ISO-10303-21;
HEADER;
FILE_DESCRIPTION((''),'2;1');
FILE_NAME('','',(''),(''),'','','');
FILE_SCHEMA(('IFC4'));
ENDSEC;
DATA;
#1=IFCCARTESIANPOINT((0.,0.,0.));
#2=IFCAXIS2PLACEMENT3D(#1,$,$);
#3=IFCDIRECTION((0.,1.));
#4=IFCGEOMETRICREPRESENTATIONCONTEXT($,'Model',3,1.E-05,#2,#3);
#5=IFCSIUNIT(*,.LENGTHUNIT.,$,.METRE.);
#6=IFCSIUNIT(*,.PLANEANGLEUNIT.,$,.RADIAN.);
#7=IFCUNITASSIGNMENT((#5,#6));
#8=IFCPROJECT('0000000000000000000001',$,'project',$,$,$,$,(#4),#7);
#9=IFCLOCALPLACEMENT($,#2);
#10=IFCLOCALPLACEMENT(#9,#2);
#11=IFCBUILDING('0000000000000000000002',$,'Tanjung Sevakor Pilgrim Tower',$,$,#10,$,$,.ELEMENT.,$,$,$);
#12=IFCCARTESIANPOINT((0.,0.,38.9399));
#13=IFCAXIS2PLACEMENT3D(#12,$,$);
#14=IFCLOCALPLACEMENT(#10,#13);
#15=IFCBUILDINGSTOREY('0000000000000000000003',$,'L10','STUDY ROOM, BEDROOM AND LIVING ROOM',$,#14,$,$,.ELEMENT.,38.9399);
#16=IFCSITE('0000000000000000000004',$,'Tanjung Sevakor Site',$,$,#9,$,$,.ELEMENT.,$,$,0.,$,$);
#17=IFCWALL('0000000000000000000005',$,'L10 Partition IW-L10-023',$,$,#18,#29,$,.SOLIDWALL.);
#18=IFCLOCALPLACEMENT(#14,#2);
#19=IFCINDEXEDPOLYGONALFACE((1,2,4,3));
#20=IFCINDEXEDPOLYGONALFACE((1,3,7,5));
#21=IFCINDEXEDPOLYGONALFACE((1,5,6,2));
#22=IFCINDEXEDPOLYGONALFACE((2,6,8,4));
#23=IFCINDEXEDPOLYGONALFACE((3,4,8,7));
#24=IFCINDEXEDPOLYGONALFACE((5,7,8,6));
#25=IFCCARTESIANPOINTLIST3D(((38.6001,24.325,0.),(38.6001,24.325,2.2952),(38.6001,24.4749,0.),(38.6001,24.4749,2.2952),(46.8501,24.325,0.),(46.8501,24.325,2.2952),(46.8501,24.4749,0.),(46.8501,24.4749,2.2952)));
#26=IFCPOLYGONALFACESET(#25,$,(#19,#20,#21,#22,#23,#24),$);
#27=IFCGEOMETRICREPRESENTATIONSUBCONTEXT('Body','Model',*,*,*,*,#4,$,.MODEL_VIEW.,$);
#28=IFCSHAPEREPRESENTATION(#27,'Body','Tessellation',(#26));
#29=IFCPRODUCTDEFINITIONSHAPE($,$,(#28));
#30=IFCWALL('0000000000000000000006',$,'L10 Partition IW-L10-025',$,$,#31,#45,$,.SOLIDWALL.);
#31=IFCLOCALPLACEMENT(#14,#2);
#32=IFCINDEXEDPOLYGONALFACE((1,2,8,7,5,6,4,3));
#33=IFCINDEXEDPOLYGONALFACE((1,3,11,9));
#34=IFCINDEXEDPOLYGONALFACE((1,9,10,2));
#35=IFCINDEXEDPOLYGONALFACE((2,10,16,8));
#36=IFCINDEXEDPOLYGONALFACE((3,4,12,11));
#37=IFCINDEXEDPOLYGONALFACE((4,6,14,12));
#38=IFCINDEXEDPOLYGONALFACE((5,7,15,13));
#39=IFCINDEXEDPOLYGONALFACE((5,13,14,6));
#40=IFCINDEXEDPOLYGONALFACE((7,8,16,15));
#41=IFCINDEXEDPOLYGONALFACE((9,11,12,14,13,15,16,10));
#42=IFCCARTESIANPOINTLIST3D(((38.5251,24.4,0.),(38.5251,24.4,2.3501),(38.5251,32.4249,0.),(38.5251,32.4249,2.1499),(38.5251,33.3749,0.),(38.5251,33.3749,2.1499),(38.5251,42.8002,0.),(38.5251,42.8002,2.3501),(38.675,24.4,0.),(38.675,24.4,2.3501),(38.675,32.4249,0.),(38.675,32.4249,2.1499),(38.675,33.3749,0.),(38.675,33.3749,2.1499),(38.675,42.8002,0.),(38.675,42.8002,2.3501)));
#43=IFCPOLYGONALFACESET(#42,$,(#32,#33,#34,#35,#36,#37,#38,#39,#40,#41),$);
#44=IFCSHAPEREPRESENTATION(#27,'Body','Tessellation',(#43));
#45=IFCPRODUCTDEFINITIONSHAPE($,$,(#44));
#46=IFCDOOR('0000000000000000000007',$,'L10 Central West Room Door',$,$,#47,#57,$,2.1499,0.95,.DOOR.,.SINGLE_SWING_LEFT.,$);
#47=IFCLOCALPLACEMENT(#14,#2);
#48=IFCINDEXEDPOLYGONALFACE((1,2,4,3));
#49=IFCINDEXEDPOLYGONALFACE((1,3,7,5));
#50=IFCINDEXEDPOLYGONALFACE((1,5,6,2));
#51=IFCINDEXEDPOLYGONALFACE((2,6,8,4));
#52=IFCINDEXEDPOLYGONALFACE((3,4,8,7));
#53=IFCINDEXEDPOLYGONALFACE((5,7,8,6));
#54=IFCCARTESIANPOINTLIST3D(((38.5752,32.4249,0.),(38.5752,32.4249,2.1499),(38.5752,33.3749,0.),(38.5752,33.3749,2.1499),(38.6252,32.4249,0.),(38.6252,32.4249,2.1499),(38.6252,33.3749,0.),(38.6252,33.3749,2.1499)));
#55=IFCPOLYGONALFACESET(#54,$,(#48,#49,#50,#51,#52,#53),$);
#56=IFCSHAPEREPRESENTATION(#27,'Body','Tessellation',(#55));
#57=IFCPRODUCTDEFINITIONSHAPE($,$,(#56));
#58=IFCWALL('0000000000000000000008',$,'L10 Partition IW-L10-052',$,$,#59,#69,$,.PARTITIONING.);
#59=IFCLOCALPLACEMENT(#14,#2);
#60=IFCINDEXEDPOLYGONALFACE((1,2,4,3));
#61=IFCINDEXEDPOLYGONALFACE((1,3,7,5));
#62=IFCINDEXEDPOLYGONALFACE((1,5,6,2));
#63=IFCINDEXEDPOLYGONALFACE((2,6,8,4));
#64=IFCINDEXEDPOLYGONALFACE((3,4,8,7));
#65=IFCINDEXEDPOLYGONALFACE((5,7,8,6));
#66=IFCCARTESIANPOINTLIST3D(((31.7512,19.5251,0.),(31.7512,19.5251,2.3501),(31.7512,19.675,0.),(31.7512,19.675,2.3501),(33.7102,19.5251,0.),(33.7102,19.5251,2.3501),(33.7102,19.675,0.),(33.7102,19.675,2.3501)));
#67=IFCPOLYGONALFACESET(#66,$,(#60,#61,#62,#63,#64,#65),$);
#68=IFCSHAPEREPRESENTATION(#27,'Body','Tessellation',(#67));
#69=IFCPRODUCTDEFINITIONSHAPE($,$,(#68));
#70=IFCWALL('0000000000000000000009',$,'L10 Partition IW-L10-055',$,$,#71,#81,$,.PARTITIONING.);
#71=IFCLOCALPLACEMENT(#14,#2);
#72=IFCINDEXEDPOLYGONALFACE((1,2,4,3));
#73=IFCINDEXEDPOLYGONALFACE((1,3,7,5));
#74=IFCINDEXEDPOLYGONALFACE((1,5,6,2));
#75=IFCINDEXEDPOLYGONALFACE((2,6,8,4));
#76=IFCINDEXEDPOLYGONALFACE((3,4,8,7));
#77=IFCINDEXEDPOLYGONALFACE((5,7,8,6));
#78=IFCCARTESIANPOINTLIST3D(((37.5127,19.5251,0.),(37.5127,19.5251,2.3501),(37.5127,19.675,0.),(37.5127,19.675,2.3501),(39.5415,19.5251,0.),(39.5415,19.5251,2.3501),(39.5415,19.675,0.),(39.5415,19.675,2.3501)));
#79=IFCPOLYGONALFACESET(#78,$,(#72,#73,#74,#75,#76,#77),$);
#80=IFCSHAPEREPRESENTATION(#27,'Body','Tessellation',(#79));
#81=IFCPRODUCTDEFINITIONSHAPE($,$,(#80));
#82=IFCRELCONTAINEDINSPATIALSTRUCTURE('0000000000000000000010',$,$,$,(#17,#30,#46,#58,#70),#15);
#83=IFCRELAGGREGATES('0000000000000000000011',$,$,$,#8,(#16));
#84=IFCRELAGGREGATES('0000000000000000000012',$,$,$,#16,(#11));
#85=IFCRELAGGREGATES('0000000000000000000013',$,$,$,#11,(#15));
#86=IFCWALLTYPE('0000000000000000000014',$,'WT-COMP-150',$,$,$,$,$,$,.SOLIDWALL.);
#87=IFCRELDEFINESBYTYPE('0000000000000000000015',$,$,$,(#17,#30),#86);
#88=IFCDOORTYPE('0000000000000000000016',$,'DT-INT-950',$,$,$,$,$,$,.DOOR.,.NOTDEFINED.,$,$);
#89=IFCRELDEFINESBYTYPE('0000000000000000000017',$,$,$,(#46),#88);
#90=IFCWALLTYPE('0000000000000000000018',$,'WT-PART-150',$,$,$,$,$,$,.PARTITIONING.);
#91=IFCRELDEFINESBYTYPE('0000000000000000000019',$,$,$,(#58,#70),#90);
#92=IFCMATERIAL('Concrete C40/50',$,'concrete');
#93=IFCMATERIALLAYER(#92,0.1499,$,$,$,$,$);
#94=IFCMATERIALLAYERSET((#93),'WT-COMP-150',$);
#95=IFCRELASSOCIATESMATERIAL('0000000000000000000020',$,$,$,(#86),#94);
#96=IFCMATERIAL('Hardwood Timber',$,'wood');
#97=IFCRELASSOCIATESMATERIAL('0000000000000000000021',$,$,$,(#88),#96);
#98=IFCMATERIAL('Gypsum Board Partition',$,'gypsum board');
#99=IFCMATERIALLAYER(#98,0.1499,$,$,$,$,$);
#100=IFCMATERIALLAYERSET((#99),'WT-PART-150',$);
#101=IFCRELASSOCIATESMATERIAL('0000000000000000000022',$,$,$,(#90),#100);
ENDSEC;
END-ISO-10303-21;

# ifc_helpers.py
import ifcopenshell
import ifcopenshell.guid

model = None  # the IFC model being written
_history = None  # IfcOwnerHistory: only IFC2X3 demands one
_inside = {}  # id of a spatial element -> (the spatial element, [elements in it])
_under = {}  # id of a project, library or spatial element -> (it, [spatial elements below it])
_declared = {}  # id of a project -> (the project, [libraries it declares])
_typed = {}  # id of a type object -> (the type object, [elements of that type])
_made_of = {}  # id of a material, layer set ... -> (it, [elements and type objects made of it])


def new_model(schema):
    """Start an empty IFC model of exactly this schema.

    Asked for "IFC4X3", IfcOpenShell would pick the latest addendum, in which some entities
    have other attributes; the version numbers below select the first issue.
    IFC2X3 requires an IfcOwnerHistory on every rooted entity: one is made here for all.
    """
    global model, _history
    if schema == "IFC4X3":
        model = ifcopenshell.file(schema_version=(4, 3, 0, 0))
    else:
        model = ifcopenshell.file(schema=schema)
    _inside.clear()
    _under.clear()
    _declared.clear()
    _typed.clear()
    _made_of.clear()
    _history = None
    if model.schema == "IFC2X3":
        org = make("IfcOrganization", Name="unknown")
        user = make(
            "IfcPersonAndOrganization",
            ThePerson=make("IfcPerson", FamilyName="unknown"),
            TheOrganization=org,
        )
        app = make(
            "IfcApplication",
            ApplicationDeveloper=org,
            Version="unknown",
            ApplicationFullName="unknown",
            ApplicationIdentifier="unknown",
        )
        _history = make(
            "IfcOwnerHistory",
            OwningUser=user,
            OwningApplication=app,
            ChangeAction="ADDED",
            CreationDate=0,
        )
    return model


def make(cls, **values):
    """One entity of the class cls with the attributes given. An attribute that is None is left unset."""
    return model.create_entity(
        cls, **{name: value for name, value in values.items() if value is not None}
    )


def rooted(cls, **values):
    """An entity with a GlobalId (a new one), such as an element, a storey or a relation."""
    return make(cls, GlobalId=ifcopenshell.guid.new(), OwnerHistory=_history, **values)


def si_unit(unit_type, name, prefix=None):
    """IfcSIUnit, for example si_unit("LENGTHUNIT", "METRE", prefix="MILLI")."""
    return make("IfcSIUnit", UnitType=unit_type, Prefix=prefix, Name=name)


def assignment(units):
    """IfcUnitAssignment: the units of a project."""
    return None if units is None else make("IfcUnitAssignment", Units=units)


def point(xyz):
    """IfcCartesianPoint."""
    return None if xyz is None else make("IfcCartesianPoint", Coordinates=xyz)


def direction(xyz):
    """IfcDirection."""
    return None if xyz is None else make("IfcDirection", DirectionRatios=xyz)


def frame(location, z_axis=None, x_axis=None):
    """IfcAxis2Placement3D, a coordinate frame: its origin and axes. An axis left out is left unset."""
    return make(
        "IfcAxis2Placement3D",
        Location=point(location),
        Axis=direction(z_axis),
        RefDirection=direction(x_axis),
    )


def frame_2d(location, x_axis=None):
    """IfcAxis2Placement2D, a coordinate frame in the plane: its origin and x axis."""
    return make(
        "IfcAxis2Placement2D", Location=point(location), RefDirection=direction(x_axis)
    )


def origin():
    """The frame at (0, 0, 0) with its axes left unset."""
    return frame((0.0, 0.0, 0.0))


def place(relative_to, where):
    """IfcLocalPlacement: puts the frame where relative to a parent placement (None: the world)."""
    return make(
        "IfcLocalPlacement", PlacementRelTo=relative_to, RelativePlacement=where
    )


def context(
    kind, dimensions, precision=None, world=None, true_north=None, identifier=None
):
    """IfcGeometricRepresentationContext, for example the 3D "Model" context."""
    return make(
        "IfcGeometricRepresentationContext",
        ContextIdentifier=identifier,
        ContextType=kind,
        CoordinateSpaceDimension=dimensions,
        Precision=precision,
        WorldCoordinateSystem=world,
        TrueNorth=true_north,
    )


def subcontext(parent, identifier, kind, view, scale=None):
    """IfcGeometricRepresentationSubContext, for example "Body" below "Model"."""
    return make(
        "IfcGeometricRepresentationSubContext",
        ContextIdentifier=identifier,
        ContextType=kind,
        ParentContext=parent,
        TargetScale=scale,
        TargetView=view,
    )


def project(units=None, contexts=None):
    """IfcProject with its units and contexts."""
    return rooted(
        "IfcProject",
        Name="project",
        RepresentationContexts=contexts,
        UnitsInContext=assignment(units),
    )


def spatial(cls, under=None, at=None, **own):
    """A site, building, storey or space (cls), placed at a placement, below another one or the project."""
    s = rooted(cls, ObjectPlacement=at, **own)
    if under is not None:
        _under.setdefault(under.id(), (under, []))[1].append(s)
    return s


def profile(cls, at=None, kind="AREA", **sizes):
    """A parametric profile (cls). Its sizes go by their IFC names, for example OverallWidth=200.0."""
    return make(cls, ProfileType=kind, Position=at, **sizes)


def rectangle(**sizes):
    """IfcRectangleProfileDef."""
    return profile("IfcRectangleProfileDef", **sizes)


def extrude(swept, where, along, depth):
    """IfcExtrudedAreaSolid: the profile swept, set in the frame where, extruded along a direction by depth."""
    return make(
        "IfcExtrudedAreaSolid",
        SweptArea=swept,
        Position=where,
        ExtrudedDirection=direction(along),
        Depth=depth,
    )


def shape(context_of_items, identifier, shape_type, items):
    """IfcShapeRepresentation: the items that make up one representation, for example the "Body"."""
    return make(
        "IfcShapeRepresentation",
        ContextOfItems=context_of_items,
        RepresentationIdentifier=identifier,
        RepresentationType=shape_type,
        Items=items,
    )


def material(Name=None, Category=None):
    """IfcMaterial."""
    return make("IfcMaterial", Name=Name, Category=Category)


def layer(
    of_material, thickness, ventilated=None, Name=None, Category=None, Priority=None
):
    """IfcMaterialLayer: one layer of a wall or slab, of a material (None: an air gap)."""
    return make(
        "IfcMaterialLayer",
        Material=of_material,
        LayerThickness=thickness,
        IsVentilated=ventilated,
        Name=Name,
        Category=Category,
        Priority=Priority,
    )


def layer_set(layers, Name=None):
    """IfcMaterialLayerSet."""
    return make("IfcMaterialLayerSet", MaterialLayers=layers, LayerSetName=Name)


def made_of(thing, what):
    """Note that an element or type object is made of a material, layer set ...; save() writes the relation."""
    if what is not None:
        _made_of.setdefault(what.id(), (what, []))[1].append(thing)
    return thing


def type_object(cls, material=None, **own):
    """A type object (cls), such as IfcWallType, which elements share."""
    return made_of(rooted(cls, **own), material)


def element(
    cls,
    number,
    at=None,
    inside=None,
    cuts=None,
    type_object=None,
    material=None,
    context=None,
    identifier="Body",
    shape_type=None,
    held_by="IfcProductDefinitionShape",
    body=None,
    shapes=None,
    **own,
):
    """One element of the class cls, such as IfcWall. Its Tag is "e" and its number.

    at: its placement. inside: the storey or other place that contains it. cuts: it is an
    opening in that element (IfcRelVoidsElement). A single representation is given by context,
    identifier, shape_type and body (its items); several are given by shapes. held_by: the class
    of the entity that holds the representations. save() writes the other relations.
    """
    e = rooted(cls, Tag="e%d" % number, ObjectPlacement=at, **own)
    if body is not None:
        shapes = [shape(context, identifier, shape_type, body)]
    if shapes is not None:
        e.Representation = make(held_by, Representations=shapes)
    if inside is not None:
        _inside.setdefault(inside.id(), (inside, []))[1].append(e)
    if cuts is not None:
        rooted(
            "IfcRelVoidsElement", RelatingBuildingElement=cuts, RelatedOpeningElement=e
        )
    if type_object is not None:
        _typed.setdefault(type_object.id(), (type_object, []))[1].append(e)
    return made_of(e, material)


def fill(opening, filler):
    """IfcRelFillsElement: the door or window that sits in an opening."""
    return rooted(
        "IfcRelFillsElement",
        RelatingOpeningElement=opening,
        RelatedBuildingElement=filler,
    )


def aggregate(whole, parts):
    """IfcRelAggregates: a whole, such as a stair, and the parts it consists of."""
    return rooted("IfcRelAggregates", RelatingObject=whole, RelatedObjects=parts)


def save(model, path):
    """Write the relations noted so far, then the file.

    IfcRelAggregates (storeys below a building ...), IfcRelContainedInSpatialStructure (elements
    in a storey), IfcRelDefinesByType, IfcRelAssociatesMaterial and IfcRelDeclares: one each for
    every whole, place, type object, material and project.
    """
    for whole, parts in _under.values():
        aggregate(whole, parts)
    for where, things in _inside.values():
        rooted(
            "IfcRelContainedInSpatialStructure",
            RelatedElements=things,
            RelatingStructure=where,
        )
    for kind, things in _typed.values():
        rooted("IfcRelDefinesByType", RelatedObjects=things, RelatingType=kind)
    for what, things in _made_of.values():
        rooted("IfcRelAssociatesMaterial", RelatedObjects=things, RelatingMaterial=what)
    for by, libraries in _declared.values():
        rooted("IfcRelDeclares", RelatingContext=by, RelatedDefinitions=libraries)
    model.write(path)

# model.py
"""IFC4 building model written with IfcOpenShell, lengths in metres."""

from ifc_helpers import new_model, si_unit, direction, frame, frame_2d, origin, place, context, subcontext, project, spatial, rectangle, extrude, material, layer, layer_set, type_object, element, fill, save


model = new_model("IFC4")

# Units and contexts
model_context = context("Model", 3, precision=1e-05, world=origin(), true_north=direction((0.0, 1.0)))
body_context = subcontext(model_context, "Body", "Model", "MODEL_VIEW")
ifc_project = project(units=[si_unit("LENGTHUNIT", "METRE"), si_unit("PLANEANGLEUNIT", "RADIAN")], contexts=[model_context])

# Site, building, storey
site_placement = place(None, origin())
site = spatial("IfcSite", under=ifc_project, at=site_placement, Name="Tanjung Sevakor Site", CompositionType="ELEMENT", RefElevation=0.0)
building_placement = place(site_placement, origin())
building = spatial("IfcBuilding", under=site, at=building_placement, Name="Tanjung Sevakor Pilgrim Tower", CompositionType="ELEMENT")
storey_placement = place(building_placement, frame((0.0, 0.0, 38.9399)))
storey = spatial("IfcBuildingStorey", under=building, at=storey_placement, Name="L10", Description="STUDY ROOM, BEDROOM AND LIVING ROOM", CompositionType="ELEMENT", Elevation=38.9399)

# Wall
ifc_material_1 = material(Name="Concrete C40/50", Category="concrete")
ifc_layer_1 = layer(ifc_material_1, 0.1499)
ifc_layer_set_1 = layer_set([ifc_layer_1], Name="WT-COMP-150")
wall_type_1 = type_object("IfcWallType", Name="WT-COMP-150", PredefinedType="SOLIDWALL", material=ifc_layer_set_1)
wall_1_placement = place(storey_placement, frame((38.6001, 24.3999, 0.0), z_axis=(0.0, 0.0, 1.0), x_axis=(1.0, 0.0, 0.0)))
element("IfcWall", 1, at=wall_1_placement, inside=storey, type_object=wall_type_1, Name="L10 Partition IW-L10-023", PredefinedType="SOLIDWALL", context=body_context, shape_type="SweptSolid", body=[
    extrude(rectangle(XDim=8.25, YDim=0.1499, at=frame_2d((4.125, 0.0))), origin(), (0.0, 0.0, 1.0), 2.2952),
])

# Wall, opening, door
wall_2_placement = place(storey_placement, frame((38.6001, 24.3999, 0.0), z_axis=(0.0, 0.0, 1.0), x_axis=(0.0, 1.0, 0.0)))
wall_2 = element("IfcWall", 2, at=wall_2_placement, inside=storey, type_object=wall_type_1, Name="L10 Partition IW-L10-025", PredefinedType="SOLIDWALL", context=body_context, shape_type="SweptSolid", body=[
    extrude(rectangle(XDim=18.4001, YDim=0.1499, at=frame_2d((9.2002, 0.0))), origin(), (0.0, 0.0, 1.0), 2.3501),
])
opening_1_placement = place(wall_2_placement, frame((8.0249, 0.0, 0.0)))
opening_1 = element("IfcOpeningElement", 3, at=opening_1_placement, cuts=wall_2, PredefinedType="OPENING", context=body_context, shape_type="SweptSolid", body=[
    extrude(rectangle(XDim=0.95, YDim=2.1499, at=frame_2d((0.4751, 1.075))), frame((0.0, 0.085, 0.0), z_axis=(0.0, -1.0, 0.0), x_axis=(1.0, 0.0, 0.0)), (0.0, 0.0, 1.0), 0.1699),
])
ifc_material_2 = material(Name="Hardwood Timber", Category="wood")
door_type_1 = type_object("IfcDoorType", Name="DT-INT-950", OperationType="NOTDEFINED", PredefinedType="DOOR", material=ifc_material_2)
door_1_placement = place(opening_1_placement, origin())
door_1 = element("IfcDoor", 4, at=door_1_placement, inside=storey, type_object=door_type_1, Name="L10 Central West Room Door", OperationType="SINGLE_SWING_LEFT", OverallHeight=2.1499, OverallWidth=0.95, PredefinedType="DOOR", context=body_context, shape_type="SweptSolid", body=[
    extrude(rectangle(XDim=0.95, YDim=2.1499, at=frame_2d((0.4751, 1.075))), frame((0.0, 0.0249, 0.0), z_axis=(0.0, -1.0, 0.0), x_axis=(1.0, 0.0, 0.0)), (0.0, 0.0, 1.0), 0.05),
])
fill(opening_1, door_1)

# Walls
ifc_material_3 = material(Name="Gypsum Board Partition", Category="gypsum board")
ifc_layer_2 = layer(ifc_material_3, 0.1499)
ifc_layer_set_2 = layer_set([ifc_layer_2], Name="WT-PART-150")
wall_type_2 = type_object("IfcWallType", Name="WT-PART-150", PredefinedType="PARTITIONING", material=ifc_layer_set_2)
wall_3_placement = place(storey_placement, frame((31.7512, 19.6001, 0.0), z_axis=(0.0, 0.0, 1.0), x_axis=(1.0, 0.0, 0.0)))
element("IfcWall", 5, at=wall_3_placement, inside=storey, type_object=wall_type_2, Name="L10 Partition IW-L10-052", PredefinedType="PARTITIONING", context=body_context, shape_type="SweptSolid", body=[
    extrude(rectangle(XDim=1.959, YDim=0.1499, at=frame_2d((0.9795, 0.0))), origin(), (0.0, 0.0, 1.0), 2.3501),
])
wall_4_placement = place(storey_placement, frame((37.5127, 19.6001, 0.0), z_axis=(0.0, 0.0, 1.0), x_axis=(1.0, 0.0, 0.0)))
element("IfcWall", 6, at=wall_4_placement, inside=storey, type_object=wall_type_2, Name="L10 Partition IW-L10-055", PredefinedType="PARTITIONING", context=body_context, shape_type="SweptSolid", body=[
    extrude(rectangle(XDim=2.0288, YDim=0.1499, at=frame_2d((1.0144, 0.0))), origin(), (0.0, 0.0, 1.0), 2.3501),
])

save(model, "model.ifc")
